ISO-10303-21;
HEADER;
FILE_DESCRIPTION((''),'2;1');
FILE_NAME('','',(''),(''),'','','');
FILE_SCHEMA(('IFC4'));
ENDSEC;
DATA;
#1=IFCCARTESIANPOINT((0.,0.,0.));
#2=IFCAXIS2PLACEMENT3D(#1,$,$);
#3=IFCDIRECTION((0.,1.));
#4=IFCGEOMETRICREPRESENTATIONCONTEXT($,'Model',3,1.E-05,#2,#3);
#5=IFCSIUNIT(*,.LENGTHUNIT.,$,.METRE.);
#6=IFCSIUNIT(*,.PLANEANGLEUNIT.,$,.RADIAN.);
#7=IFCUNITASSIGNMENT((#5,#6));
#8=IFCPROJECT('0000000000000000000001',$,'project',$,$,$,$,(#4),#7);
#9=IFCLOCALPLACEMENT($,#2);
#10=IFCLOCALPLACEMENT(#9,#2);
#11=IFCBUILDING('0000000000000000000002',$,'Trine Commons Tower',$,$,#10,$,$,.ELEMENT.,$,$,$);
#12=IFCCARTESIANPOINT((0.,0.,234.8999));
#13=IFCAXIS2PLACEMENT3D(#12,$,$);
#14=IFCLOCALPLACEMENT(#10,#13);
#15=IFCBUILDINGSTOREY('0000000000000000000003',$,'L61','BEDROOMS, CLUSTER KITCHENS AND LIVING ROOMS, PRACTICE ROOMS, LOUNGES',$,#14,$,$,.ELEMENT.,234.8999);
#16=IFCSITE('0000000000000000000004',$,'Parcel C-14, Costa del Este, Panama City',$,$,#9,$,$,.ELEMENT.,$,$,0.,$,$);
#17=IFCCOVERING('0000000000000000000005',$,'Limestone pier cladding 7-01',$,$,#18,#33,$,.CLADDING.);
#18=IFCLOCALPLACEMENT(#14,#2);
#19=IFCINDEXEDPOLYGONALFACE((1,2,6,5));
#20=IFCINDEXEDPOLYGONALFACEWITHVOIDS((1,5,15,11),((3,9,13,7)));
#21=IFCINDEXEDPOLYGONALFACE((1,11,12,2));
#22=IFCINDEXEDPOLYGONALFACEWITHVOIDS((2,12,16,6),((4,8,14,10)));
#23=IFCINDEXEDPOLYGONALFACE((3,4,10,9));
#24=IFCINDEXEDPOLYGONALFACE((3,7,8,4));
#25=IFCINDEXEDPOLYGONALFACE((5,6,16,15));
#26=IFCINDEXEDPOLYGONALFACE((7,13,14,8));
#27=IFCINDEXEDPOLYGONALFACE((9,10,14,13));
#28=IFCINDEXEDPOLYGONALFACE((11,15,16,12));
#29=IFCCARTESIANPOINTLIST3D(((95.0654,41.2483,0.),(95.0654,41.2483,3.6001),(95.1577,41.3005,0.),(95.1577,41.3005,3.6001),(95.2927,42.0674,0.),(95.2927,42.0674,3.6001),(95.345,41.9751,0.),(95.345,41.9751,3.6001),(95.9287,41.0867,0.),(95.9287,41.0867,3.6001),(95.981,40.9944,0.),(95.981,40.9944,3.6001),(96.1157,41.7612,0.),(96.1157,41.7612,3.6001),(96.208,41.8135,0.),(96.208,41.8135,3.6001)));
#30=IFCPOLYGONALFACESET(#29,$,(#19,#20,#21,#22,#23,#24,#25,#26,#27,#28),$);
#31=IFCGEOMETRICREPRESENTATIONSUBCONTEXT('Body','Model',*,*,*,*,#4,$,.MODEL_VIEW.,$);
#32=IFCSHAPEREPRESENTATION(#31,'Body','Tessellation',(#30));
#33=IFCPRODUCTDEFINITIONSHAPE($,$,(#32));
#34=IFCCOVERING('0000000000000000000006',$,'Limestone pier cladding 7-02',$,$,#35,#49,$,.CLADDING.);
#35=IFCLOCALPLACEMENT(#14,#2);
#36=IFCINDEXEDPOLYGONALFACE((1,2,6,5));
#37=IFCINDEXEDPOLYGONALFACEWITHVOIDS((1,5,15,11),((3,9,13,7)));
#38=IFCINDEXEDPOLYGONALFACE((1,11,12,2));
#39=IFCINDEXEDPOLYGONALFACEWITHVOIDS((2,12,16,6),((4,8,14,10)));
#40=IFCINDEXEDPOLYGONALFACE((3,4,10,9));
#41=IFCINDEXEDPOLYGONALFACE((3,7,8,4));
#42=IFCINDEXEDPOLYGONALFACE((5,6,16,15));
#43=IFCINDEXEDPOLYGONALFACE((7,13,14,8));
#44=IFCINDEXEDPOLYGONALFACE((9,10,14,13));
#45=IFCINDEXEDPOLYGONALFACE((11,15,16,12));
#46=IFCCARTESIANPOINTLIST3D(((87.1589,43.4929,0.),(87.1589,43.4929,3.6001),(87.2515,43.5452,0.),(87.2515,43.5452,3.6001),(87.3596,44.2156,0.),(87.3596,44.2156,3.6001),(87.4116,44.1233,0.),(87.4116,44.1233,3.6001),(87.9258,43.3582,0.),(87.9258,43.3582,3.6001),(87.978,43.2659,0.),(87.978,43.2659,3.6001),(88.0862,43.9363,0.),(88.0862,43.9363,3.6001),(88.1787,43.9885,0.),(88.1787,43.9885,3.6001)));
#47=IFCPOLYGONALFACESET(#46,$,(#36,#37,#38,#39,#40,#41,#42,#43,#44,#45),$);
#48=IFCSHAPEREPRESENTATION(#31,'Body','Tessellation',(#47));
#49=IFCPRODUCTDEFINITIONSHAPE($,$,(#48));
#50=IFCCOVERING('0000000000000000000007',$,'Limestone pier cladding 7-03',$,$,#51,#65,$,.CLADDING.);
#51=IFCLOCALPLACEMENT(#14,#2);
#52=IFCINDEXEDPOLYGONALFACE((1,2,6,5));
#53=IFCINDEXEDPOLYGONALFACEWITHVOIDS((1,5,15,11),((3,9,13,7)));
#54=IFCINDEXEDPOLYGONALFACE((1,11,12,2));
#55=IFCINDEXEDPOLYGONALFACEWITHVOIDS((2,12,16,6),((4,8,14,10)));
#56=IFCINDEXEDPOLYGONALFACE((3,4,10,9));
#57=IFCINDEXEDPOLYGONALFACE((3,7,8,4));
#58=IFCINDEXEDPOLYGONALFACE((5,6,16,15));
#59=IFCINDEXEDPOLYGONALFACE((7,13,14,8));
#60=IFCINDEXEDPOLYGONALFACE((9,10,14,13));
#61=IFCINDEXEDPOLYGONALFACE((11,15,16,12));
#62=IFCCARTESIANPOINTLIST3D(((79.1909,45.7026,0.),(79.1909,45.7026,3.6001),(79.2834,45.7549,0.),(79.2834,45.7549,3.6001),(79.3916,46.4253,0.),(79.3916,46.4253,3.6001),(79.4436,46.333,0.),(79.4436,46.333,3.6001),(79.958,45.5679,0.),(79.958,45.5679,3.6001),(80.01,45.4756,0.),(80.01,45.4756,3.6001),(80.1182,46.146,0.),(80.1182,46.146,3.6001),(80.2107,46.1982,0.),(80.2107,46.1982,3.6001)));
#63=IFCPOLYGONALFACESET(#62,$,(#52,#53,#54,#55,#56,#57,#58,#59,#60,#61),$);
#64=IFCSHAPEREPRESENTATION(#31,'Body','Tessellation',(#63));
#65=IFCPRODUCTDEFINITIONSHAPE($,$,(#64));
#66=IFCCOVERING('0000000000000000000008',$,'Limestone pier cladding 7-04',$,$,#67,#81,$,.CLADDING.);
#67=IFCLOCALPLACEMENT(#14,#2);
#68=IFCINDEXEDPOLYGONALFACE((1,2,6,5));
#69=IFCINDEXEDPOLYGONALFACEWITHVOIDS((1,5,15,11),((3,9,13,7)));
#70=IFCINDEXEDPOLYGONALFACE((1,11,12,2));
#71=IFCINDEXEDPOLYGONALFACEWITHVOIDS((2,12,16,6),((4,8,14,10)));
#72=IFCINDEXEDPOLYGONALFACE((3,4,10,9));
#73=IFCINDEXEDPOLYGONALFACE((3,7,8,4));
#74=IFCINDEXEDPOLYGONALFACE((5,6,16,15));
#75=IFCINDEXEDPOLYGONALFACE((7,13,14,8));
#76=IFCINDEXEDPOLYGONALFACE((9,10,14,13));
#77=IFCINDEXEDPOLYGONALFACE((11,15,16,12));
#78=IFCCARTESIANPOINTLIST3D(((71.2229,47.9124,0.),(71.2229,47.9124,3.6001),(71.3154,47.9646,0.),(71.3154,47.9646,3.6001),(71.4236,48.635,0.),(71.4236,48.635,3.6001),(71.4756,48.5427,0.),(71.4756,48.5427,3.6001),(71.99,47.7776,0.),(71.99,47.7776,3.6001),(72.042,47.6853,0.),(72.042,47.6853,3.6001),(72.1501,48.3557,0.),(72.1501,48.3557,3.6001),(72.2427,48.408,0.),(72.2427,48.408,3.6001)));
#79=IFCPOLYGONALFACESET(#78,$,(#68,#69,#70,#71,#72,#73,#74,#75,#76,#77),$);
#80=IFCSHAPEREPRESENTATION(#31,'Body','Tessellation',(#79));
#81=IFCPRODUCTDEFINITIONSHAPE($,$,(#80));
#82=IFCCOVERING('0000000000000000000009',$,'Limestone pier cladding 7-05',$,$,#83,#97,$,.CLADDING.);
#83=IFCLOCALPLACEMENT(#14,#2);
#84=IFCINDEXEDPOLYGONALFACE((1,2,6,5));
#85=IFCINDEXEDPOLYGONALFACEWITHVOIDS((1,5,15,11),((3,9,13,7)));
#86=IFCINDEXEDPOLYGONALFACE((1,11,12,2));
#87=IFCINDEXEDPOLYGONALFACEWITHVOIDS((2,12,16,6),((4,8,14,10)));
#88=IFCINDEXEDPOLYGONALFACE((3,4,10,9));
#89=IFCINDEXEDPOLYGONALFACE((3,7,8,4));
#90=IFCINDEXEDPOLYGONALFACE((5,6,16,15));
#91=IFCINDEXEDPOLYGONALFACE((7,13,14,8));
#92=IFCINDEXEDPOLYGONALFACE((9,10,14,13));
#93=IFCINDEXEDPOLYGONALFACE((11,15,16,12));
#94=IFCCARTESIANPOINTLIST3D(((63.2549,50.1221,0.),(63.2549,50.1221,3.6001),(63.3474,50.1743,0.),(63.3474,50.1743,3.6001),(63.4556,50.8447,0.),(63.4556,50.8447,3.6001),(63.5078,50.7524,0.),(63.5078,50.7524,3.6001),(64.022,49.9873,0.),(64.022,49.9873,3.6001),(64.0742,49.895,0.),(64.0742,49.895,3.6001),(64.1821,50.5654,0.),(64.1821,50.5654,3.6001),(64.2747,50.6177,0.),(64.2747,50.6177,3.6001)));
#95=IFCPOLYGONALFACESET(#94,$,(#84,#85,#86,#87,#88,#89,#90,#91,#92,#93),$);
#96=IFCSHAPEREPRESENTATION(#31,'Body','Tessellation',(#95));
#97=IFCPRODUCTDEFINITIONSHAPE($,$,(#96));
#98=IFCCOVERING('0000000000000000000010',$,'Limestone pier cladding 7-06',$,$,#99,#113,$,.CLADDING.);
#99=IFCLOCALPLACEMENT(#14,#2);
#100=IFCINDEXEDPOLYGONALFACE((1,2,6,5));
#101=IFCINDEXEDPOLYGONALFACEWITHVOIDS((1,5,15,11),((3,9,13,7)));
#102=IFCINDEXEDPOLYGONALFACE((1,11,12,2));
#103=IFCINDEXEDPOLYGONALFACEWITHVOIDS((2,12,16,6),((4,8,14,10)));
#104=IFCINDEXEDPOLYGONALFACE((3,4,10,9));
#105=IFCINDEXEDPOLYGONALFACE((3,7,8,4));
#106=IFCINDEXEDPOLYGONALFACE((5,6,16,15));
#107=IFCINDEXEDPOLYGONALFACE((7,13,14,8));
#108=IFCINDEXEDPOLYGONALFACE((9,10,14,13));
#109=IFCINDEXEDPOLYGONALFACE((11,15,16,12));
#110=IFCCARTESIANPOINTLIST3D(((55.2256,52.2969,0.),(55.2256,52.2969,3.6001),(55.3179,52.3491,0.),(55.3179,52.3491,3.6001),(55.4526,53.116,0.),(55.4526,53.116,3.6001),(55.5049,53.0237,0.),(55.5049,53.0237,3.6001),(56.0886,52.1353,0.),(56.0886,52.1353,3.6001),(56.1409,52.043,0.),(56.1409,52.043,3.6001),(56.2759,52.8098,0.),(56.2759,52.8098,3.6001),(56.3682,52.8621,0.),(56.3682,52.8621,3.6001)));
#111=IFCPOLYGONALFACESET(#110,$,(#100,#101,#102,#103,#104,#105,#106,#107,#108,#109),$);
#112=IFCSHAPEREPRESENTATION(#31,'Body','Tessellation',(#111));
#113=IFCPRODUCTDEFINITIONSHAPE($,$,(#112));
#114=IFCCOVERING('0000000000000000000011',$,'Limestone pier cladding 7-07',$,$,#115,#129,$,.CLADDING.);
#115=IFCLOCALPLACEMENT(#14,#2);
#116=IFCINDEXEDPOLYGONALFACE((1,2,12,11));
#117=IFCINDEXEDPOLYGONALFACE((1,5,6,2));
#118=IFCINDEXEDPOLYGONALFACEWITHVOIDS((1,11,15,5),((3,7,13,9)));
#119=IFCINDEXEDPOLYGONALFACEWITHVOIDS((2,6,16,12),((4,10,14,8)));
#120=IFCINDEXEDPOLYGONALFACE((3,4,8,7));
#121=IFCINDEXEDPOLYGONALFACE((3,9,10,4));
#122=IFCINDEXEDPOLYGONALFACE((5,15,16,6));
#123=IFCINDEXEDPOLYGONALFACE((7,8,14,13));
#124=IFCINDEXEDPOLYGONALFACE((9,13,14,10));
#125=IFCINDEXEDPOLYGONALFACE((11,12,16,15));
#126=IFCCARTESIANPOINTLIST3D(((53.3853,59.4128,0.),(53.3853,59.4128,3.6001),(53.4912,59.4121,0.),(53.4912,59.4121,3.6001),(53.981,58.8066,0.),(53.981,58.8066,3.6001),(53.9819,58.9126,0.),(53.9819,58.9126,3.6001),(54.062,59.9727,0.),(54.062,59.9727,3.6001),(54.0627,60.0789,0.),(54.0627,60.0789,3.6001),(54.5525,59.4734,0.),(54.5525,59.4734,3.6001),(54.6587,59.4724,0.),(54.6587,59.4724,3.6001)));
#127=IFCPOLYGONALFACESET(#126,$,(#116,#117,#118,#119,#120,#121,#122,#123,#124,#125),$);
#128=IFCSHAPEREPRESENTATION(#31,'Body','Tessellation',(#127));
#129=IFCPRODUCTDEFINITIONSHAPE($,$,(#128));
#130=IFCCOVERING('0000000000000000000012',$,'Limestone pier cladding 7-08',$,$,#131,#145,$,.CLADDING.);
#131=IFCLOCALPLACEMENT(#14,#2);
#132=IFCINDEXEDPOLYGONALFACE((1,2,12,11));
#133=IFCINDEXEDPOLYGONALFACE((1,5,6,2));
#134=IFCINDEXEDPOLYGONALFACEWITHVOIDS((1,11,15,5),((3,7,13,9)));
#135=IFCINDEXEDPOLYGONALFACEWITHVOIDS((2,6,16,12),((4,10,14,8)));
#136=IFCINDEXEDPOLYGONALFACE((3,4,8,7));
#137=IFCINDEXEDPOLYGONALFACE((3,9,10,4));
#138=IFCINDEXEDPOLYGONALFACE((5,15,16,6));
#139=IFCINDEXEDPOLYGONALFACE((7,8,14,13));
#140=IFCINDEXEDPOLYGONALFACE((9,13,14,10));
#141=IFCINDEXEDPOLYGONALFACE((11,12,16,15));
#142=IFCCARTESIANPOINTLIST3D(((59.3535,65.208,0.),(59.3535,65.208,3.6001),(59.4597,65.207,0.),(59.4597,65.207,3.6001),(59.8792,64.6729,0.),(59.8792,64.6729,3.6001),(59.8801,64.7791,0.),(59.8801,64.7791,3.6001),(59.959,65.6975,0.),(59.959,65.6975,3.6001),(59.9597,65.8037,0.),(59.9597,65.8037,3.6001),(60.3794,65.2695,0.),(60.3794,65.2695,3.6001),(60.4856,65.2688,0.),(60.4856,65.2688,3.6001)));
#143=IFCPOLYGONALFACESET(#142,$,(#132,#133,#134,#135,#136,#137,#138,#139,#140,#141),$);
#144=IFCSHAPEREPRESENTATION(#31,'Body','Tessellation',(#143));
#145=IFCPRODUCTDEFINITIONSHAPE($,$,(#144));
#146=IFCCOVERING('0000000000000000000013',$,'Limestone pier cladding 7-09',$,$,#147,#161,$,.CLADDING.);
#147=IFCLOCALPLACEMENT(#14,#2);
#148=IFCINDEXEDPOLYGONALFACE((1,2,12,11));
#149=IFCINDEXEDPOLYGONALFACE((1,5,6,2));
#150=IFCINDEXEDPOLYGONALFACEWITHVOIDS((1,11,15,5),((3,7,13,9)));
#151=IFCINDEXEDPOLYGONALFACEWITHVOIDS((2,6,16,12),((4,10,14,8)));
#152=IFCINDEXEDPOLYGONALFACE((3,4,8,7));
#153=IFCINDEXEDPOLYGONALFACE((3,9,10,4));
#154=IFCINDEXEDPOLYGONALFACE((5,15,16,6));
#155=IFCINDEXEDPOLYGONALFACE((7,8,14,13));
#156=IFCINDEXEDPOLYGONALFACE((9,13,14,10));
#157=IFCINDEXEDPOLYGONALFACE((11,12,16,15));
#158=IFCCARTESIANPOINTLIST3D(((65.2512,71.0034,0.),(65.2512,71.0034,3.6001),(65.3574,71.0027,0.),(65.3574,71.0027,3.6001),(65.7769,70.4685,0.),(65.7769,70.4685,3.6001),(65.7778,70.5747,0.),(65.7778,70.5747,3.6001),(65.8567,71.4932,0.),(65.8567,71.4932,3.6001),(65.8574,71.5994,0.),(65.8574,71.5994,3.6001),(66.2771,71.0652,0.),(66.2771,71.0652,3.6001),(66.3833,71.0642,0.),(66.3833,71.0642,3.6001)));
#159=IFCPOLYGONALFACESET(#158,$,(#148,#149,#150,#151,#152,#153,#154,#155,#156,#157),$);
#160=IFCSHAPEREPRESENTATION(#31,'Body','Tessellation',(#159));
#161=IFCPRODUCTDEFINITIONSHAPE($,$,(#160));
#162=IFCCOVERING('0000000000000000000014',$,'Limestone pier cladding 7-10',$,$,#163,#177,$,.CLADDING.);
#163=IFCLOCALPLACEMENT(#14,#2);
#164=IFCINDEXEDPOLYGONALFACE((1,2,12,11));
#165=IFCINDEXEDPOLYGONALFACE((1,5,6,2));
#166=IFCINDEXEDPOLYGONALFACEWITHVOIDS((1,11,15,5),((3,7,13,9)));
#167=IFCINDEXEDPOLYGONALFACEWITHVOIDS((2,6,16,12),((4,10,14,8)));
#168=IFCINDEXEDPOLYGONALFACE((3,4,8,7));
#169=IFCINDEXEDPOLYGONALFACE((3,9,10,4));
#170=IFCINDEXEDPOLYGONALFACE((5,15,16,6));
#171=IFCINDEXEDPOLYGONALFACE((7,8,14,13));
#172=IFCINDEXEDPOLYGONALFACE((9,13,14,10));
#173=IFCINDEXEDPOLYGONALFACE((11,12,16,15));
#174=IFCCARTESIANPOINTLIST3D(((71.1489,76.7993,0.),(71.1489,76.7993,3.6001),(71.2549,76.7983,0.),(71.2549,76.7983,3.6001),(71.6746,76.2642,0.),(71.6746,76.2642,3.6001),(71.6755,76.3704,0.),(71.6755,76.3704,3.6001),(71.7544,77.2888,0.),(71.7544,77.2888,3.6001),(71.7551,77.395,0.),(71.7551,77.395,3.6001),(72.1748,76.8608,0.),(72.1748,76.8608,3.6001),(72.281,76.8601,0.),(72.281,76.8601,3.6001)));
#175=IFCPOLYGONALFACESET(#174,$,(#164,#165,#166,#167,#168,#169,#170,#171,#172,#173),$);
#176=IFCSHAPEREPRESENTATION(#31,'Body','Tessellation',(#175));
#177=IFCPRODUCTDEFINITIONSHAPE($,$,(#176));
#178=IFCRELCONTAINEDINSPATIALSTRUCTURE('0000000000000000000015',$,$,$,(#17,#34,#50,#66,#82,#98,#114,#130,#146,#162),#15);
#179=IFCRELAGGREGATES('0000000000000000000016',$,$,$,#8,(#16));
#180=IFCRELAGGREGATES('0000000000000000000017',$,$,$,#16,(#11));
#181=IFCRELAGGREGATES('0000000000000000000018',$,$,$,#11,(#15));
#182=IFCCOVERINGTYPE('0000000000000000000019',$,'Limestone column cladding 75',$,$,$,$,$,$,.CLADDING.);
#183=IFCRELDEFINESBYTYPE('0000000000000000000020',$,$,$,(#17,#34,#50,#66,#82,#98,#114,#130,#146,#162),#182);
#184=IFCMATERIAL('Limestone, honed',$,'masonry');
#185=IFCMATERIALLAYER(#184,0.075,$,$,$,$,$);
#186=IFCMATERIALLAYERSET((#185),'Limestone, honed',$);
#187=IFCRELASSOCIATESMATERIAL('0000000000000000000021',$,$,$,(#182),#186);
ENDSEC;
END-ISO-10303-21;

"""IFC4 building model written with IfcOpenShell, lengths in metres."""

from ifc_helpers import new_model, si_unit, direction, frame, origin, place, context, subcontext, project, spatial, polyline, outline, extrude, material, layer, layer_set, type_object, element, save


model = new_model("IFC4")

# Units and contexts
model_context = context("Model", 3, precision=1e-05, world=origin(), true_north=direction((0.0, 1.0)))
body_context = subcontext(model_context, "Body", "Model", "MODEL_VIEW")
ifc_project = project(units=[si_unit("LENGTHUNIT", "METRE"), si_unit("PLANEANGLEUNIT", "RADIAN")], contexts=[model_context])

# Site, building, storey
site_placement = place(None, origin())
site = spatial("IfcSite", under=ifc_project, at=site_placement, Name="Parcel C-14, Costa del Este, Panama City", CompositionType="ELEMENT", RefElevation=0.0)
building_placement = place(site_placement, origin())
building = spatial("IfcBuilding", under=site, at=building_placement, Name="Trine Commons Tower", CompositionType="ELEMENT")
storey_placement = place(building_placement, frame((0.0, 0.0, 234.8999)))
storey = spatial("IfcBuildingStorey", under=building, at=storey_placement, Name="L61", Description="BEDROOMS, CLUSTER KITCHENS AND LIVING ROOMS, PRACTICE ROOMS, LOUNGES", CompositionType="ELEMENT", Elevation=234.8999)

# Coverings
ifc_material_1 = material(Name="Limestone, honed", Category="masonry")
ifc_layer_1 = layer(ifc_material_1, 0.075)
ifc_layer_set_1 = layer_set([ifc_layer_1], Name="Limestone, honed")
covering_type = type_object("IfcCoveringType", Name="Limestone column cladding 75", PredefinedType="CLADDING", material=ifc_layer_set_1)
covering_1_placement = place(storey_placement, origin())
element("IfcCovering", 1, at=covering_1_placement, inside=storey, type_object=covering_type, Name="Limestone pier cladding 7-01", PredefinedType="CLADDING", context=body_context, shape_type="SweptSolid", body=[
    extrude(outline(polyline([(95.2927, 42.0674), (95.0654, 41.2483), (95.981, 40.9944), (96.208, 41.8135), (95.2927, 42.0674)]), holes=[polyline([(95.345, 41.9751), (95.1577, 41.3005), (95.9287, 41.0867), (96.1157, 41.7612), (95.345, 41.9751)])]), origin(), (0.0, 0.0, 1.0), 3.6001),
])
covering_2_placement = place(storey_placement, origin())
element("IfcCovering", 2, at=covering_2_placement, inside=storey, type_object=covering_type, Name="Limestone pier cladding 7-02", PredefinedType="CLADDING", context=body_context, shape_type="SweptSolid", body=[
    extrude(outline(polyline([(87.3596, 44.2156), (87.1589, 43.4929), (87.978, 43.2659), (88.1787, 43.9885), (87.3596, 44.2156)]), holes=[polyline([(87.4116, 44.1233), (87.2515, 43.5452), (87.9258, 43.3582), (88.0862, 43.9363), (87.4116, 44.1233)])]), origin(), (0.0, 0.0, 1.0), 3.6001),
])
covering_3_placement = place(storey_placement, origin())
element("IfcCovering", 3, at=covering_3_placement, inside=storey, type_object=covering_type, Name="Limestone pier cladding 7-03", PredefinedType="CLADDING", context=body_context, shape_type="SweptSolid", body=[
    extrude(outline(polyline([(79.3916, 46.4253), (79.1909, 45.7026), (80.01, 45.4756), (80.2107, 46.1982), (79.3916, 46.4253)]), holes=[polyline([(79.4436, 46.333), (79.2834, 45.7549), (79.958, 45.5679), (80.1182, 46.146), (79.4436, 46.333)])]), origin(), (0.0, 0.0, 1.0), 3.6001),
])
covering_4_placement = place(storey_placement, origin())
element("IfcCovering", 4, at=covering_4_placement, inside=storey, type_object=covering_type, Name="Limestone pier cladding 7-04", PredefinedType="CLADDING", context=body_context, shape_type="SweptSolid", body=[
    extrude(outline(polyline([(71.4236, 48.635), (71.2229, 47.9124), (72.042, 47.6853), (72.2427, 48.408), (71.4236, 48.635)]), holes=[polyline([(71.4756, 48.5427), (71.3154, 47.9646), (71.99, 47.7776), (72.1501, 48.3557), (71.4756, 48.5427)])]), origin(), (0.0, 0.0, 1.0), 3.6001),
])
covering_5_placement = place(storey_placement, origin())
element("IfcCovering", 5, at=covering_5_placement, inside=storey, type_object=covering_type, Name="Limestone pier cladding 7-05", PredefinedType="CLADDING", context=body_context, shape_type="SweptSolid", body=[
    extrude(outline(polyline([(63.4556, 50.8447), (63.2549, 50.1221), (64.0742, 49.895), (64.2747, 50.6177), (63.4556, 50.8447)]), holes=[polyline([(63.5078, 50.7524), (63.3474, 50.1743), (64.022, 49.9873), (64.1821, 50.5654), (63.5078, 50.7524)])]), origin(), (0.0, 0.0, 1.0), 3.6001),
])
covering_6_placement = place(storey_placement, origin())
element("IfcCovering", 6, at=covering_6_placement, inside=storey, type_object=covering_type, Name="Limestone pier cladding 7-06", PredefinedType="CLADDING", context=body_context, shape_type="SweptSolid", body=[
    extrude(outline(polyline([(55.4526, 53.116), (55.2256, 52.2969), (56.1409, 52.043), (56.3682, 52.8621), (55.4526, 53.116)]), holes=[polyline([(55.5049, 53.0237), (55.3179, 52.3491), (56.0886, 52.1353), (56.2759, 52.8098), (55.5049, 53.0237)])]), origin(), (0.0, 0.0, 1.0), 3.6001),
])
covering_7_placement = place(storey_placement, origin())
element("IfcCovering", 7, at=covering_7_placement, inside=storey, type_object=covering_type, Name="Limestone pier cladding 7-07", PredefinedType="CLADDING", context=body_context, shape_type="SweptSolid", body=[
    extrude(outline(polyline([(54.6587, 59.4724), (54.0627, 60.0789), (53.3853, 59.4128), (53.981, 58.8066), (54.6587, 59.4724)]), holes=[polyline([(54.5525, 59.4734), (54.062, 59.9727), (53.4912, 59.4121), (53.9819, 58.9126), (54.5525, 59.4734)])]), origin(), (0.0, 0.0, 1.0), 3.6001),
])
covering_8_placement = place(storey_placement, origin())
element("IfcCovering", 8, at=covering_8_placement, inside=storey, type_object=covering_type, Name="Limestone pier cladding 7-08", PredefinedType="CLADDING", context=body_context, shape_type="SweptSolid", body=[
    extrude(outline(polyline([(60.4856, 65.2688), (59.9597, 65.8037), (59.3535, 65.208), (59.8792, 64.6729), (60.4856, 65.2688)]), holes=[polyline([(60.3794, 65.2695), (59.959, 65.6975), (59.4597, 65.207), (59.8801, 64.7791), (60.3794, 65.2695)])]), origin(), (0.0, 0.0, 1.0), 3.6001),
])
covering_9_placement = place(storey_placement, origin())
element("IfcCovering", 9, at=covering_9_placement, inside=storey, type_object=covering_type, Name="Limestone pier cladding 7-09", PredefinedType="CLADDING", context=body_context, shape_type="SweptSolid", body=[
    extrude(outline(polyline([(66.3833, 71.0642), (65.8574, 71.5994), (65.2512, 71.0034), (65.7769, 70.4685), (66.3833, 71.0642)]), holes=[polyline([(66.2771, 71.0652), (65.8567, 71.4932), (65.3574, 71.0027), (65.7778, 70.5747), (66.2771, 71.0652)])]), origin(), (0.0, 0.0, 1.0), 3.6001),
])
covering_10_placement = place(storey_placement, origin())
element("IfcCovering", 10, at=covering_10_placement, inside=storey, type_object=covering_type, Name="Limestone pier cladding 7-10", PredefinedType="CLADDING", context=body_context, shape_type="SweptSolid", body=[
    extrude(outline(polyline([(72.281, 76.8601), (71.7551, 77.395), (71.1489, 76.7993), (71.6746, 76.2642), (72.281, 76.8601)]), holes=[polyline([(72.1748, 76.8608), (71.7544, 77.2888), (71.2549, 76.7983), (71.6755, 76.3704), (72.1748, 76.8608)])]), origin(), (0.0, 0.0, 1.0), 3.6001),
])

save(model, "model.ifc")
